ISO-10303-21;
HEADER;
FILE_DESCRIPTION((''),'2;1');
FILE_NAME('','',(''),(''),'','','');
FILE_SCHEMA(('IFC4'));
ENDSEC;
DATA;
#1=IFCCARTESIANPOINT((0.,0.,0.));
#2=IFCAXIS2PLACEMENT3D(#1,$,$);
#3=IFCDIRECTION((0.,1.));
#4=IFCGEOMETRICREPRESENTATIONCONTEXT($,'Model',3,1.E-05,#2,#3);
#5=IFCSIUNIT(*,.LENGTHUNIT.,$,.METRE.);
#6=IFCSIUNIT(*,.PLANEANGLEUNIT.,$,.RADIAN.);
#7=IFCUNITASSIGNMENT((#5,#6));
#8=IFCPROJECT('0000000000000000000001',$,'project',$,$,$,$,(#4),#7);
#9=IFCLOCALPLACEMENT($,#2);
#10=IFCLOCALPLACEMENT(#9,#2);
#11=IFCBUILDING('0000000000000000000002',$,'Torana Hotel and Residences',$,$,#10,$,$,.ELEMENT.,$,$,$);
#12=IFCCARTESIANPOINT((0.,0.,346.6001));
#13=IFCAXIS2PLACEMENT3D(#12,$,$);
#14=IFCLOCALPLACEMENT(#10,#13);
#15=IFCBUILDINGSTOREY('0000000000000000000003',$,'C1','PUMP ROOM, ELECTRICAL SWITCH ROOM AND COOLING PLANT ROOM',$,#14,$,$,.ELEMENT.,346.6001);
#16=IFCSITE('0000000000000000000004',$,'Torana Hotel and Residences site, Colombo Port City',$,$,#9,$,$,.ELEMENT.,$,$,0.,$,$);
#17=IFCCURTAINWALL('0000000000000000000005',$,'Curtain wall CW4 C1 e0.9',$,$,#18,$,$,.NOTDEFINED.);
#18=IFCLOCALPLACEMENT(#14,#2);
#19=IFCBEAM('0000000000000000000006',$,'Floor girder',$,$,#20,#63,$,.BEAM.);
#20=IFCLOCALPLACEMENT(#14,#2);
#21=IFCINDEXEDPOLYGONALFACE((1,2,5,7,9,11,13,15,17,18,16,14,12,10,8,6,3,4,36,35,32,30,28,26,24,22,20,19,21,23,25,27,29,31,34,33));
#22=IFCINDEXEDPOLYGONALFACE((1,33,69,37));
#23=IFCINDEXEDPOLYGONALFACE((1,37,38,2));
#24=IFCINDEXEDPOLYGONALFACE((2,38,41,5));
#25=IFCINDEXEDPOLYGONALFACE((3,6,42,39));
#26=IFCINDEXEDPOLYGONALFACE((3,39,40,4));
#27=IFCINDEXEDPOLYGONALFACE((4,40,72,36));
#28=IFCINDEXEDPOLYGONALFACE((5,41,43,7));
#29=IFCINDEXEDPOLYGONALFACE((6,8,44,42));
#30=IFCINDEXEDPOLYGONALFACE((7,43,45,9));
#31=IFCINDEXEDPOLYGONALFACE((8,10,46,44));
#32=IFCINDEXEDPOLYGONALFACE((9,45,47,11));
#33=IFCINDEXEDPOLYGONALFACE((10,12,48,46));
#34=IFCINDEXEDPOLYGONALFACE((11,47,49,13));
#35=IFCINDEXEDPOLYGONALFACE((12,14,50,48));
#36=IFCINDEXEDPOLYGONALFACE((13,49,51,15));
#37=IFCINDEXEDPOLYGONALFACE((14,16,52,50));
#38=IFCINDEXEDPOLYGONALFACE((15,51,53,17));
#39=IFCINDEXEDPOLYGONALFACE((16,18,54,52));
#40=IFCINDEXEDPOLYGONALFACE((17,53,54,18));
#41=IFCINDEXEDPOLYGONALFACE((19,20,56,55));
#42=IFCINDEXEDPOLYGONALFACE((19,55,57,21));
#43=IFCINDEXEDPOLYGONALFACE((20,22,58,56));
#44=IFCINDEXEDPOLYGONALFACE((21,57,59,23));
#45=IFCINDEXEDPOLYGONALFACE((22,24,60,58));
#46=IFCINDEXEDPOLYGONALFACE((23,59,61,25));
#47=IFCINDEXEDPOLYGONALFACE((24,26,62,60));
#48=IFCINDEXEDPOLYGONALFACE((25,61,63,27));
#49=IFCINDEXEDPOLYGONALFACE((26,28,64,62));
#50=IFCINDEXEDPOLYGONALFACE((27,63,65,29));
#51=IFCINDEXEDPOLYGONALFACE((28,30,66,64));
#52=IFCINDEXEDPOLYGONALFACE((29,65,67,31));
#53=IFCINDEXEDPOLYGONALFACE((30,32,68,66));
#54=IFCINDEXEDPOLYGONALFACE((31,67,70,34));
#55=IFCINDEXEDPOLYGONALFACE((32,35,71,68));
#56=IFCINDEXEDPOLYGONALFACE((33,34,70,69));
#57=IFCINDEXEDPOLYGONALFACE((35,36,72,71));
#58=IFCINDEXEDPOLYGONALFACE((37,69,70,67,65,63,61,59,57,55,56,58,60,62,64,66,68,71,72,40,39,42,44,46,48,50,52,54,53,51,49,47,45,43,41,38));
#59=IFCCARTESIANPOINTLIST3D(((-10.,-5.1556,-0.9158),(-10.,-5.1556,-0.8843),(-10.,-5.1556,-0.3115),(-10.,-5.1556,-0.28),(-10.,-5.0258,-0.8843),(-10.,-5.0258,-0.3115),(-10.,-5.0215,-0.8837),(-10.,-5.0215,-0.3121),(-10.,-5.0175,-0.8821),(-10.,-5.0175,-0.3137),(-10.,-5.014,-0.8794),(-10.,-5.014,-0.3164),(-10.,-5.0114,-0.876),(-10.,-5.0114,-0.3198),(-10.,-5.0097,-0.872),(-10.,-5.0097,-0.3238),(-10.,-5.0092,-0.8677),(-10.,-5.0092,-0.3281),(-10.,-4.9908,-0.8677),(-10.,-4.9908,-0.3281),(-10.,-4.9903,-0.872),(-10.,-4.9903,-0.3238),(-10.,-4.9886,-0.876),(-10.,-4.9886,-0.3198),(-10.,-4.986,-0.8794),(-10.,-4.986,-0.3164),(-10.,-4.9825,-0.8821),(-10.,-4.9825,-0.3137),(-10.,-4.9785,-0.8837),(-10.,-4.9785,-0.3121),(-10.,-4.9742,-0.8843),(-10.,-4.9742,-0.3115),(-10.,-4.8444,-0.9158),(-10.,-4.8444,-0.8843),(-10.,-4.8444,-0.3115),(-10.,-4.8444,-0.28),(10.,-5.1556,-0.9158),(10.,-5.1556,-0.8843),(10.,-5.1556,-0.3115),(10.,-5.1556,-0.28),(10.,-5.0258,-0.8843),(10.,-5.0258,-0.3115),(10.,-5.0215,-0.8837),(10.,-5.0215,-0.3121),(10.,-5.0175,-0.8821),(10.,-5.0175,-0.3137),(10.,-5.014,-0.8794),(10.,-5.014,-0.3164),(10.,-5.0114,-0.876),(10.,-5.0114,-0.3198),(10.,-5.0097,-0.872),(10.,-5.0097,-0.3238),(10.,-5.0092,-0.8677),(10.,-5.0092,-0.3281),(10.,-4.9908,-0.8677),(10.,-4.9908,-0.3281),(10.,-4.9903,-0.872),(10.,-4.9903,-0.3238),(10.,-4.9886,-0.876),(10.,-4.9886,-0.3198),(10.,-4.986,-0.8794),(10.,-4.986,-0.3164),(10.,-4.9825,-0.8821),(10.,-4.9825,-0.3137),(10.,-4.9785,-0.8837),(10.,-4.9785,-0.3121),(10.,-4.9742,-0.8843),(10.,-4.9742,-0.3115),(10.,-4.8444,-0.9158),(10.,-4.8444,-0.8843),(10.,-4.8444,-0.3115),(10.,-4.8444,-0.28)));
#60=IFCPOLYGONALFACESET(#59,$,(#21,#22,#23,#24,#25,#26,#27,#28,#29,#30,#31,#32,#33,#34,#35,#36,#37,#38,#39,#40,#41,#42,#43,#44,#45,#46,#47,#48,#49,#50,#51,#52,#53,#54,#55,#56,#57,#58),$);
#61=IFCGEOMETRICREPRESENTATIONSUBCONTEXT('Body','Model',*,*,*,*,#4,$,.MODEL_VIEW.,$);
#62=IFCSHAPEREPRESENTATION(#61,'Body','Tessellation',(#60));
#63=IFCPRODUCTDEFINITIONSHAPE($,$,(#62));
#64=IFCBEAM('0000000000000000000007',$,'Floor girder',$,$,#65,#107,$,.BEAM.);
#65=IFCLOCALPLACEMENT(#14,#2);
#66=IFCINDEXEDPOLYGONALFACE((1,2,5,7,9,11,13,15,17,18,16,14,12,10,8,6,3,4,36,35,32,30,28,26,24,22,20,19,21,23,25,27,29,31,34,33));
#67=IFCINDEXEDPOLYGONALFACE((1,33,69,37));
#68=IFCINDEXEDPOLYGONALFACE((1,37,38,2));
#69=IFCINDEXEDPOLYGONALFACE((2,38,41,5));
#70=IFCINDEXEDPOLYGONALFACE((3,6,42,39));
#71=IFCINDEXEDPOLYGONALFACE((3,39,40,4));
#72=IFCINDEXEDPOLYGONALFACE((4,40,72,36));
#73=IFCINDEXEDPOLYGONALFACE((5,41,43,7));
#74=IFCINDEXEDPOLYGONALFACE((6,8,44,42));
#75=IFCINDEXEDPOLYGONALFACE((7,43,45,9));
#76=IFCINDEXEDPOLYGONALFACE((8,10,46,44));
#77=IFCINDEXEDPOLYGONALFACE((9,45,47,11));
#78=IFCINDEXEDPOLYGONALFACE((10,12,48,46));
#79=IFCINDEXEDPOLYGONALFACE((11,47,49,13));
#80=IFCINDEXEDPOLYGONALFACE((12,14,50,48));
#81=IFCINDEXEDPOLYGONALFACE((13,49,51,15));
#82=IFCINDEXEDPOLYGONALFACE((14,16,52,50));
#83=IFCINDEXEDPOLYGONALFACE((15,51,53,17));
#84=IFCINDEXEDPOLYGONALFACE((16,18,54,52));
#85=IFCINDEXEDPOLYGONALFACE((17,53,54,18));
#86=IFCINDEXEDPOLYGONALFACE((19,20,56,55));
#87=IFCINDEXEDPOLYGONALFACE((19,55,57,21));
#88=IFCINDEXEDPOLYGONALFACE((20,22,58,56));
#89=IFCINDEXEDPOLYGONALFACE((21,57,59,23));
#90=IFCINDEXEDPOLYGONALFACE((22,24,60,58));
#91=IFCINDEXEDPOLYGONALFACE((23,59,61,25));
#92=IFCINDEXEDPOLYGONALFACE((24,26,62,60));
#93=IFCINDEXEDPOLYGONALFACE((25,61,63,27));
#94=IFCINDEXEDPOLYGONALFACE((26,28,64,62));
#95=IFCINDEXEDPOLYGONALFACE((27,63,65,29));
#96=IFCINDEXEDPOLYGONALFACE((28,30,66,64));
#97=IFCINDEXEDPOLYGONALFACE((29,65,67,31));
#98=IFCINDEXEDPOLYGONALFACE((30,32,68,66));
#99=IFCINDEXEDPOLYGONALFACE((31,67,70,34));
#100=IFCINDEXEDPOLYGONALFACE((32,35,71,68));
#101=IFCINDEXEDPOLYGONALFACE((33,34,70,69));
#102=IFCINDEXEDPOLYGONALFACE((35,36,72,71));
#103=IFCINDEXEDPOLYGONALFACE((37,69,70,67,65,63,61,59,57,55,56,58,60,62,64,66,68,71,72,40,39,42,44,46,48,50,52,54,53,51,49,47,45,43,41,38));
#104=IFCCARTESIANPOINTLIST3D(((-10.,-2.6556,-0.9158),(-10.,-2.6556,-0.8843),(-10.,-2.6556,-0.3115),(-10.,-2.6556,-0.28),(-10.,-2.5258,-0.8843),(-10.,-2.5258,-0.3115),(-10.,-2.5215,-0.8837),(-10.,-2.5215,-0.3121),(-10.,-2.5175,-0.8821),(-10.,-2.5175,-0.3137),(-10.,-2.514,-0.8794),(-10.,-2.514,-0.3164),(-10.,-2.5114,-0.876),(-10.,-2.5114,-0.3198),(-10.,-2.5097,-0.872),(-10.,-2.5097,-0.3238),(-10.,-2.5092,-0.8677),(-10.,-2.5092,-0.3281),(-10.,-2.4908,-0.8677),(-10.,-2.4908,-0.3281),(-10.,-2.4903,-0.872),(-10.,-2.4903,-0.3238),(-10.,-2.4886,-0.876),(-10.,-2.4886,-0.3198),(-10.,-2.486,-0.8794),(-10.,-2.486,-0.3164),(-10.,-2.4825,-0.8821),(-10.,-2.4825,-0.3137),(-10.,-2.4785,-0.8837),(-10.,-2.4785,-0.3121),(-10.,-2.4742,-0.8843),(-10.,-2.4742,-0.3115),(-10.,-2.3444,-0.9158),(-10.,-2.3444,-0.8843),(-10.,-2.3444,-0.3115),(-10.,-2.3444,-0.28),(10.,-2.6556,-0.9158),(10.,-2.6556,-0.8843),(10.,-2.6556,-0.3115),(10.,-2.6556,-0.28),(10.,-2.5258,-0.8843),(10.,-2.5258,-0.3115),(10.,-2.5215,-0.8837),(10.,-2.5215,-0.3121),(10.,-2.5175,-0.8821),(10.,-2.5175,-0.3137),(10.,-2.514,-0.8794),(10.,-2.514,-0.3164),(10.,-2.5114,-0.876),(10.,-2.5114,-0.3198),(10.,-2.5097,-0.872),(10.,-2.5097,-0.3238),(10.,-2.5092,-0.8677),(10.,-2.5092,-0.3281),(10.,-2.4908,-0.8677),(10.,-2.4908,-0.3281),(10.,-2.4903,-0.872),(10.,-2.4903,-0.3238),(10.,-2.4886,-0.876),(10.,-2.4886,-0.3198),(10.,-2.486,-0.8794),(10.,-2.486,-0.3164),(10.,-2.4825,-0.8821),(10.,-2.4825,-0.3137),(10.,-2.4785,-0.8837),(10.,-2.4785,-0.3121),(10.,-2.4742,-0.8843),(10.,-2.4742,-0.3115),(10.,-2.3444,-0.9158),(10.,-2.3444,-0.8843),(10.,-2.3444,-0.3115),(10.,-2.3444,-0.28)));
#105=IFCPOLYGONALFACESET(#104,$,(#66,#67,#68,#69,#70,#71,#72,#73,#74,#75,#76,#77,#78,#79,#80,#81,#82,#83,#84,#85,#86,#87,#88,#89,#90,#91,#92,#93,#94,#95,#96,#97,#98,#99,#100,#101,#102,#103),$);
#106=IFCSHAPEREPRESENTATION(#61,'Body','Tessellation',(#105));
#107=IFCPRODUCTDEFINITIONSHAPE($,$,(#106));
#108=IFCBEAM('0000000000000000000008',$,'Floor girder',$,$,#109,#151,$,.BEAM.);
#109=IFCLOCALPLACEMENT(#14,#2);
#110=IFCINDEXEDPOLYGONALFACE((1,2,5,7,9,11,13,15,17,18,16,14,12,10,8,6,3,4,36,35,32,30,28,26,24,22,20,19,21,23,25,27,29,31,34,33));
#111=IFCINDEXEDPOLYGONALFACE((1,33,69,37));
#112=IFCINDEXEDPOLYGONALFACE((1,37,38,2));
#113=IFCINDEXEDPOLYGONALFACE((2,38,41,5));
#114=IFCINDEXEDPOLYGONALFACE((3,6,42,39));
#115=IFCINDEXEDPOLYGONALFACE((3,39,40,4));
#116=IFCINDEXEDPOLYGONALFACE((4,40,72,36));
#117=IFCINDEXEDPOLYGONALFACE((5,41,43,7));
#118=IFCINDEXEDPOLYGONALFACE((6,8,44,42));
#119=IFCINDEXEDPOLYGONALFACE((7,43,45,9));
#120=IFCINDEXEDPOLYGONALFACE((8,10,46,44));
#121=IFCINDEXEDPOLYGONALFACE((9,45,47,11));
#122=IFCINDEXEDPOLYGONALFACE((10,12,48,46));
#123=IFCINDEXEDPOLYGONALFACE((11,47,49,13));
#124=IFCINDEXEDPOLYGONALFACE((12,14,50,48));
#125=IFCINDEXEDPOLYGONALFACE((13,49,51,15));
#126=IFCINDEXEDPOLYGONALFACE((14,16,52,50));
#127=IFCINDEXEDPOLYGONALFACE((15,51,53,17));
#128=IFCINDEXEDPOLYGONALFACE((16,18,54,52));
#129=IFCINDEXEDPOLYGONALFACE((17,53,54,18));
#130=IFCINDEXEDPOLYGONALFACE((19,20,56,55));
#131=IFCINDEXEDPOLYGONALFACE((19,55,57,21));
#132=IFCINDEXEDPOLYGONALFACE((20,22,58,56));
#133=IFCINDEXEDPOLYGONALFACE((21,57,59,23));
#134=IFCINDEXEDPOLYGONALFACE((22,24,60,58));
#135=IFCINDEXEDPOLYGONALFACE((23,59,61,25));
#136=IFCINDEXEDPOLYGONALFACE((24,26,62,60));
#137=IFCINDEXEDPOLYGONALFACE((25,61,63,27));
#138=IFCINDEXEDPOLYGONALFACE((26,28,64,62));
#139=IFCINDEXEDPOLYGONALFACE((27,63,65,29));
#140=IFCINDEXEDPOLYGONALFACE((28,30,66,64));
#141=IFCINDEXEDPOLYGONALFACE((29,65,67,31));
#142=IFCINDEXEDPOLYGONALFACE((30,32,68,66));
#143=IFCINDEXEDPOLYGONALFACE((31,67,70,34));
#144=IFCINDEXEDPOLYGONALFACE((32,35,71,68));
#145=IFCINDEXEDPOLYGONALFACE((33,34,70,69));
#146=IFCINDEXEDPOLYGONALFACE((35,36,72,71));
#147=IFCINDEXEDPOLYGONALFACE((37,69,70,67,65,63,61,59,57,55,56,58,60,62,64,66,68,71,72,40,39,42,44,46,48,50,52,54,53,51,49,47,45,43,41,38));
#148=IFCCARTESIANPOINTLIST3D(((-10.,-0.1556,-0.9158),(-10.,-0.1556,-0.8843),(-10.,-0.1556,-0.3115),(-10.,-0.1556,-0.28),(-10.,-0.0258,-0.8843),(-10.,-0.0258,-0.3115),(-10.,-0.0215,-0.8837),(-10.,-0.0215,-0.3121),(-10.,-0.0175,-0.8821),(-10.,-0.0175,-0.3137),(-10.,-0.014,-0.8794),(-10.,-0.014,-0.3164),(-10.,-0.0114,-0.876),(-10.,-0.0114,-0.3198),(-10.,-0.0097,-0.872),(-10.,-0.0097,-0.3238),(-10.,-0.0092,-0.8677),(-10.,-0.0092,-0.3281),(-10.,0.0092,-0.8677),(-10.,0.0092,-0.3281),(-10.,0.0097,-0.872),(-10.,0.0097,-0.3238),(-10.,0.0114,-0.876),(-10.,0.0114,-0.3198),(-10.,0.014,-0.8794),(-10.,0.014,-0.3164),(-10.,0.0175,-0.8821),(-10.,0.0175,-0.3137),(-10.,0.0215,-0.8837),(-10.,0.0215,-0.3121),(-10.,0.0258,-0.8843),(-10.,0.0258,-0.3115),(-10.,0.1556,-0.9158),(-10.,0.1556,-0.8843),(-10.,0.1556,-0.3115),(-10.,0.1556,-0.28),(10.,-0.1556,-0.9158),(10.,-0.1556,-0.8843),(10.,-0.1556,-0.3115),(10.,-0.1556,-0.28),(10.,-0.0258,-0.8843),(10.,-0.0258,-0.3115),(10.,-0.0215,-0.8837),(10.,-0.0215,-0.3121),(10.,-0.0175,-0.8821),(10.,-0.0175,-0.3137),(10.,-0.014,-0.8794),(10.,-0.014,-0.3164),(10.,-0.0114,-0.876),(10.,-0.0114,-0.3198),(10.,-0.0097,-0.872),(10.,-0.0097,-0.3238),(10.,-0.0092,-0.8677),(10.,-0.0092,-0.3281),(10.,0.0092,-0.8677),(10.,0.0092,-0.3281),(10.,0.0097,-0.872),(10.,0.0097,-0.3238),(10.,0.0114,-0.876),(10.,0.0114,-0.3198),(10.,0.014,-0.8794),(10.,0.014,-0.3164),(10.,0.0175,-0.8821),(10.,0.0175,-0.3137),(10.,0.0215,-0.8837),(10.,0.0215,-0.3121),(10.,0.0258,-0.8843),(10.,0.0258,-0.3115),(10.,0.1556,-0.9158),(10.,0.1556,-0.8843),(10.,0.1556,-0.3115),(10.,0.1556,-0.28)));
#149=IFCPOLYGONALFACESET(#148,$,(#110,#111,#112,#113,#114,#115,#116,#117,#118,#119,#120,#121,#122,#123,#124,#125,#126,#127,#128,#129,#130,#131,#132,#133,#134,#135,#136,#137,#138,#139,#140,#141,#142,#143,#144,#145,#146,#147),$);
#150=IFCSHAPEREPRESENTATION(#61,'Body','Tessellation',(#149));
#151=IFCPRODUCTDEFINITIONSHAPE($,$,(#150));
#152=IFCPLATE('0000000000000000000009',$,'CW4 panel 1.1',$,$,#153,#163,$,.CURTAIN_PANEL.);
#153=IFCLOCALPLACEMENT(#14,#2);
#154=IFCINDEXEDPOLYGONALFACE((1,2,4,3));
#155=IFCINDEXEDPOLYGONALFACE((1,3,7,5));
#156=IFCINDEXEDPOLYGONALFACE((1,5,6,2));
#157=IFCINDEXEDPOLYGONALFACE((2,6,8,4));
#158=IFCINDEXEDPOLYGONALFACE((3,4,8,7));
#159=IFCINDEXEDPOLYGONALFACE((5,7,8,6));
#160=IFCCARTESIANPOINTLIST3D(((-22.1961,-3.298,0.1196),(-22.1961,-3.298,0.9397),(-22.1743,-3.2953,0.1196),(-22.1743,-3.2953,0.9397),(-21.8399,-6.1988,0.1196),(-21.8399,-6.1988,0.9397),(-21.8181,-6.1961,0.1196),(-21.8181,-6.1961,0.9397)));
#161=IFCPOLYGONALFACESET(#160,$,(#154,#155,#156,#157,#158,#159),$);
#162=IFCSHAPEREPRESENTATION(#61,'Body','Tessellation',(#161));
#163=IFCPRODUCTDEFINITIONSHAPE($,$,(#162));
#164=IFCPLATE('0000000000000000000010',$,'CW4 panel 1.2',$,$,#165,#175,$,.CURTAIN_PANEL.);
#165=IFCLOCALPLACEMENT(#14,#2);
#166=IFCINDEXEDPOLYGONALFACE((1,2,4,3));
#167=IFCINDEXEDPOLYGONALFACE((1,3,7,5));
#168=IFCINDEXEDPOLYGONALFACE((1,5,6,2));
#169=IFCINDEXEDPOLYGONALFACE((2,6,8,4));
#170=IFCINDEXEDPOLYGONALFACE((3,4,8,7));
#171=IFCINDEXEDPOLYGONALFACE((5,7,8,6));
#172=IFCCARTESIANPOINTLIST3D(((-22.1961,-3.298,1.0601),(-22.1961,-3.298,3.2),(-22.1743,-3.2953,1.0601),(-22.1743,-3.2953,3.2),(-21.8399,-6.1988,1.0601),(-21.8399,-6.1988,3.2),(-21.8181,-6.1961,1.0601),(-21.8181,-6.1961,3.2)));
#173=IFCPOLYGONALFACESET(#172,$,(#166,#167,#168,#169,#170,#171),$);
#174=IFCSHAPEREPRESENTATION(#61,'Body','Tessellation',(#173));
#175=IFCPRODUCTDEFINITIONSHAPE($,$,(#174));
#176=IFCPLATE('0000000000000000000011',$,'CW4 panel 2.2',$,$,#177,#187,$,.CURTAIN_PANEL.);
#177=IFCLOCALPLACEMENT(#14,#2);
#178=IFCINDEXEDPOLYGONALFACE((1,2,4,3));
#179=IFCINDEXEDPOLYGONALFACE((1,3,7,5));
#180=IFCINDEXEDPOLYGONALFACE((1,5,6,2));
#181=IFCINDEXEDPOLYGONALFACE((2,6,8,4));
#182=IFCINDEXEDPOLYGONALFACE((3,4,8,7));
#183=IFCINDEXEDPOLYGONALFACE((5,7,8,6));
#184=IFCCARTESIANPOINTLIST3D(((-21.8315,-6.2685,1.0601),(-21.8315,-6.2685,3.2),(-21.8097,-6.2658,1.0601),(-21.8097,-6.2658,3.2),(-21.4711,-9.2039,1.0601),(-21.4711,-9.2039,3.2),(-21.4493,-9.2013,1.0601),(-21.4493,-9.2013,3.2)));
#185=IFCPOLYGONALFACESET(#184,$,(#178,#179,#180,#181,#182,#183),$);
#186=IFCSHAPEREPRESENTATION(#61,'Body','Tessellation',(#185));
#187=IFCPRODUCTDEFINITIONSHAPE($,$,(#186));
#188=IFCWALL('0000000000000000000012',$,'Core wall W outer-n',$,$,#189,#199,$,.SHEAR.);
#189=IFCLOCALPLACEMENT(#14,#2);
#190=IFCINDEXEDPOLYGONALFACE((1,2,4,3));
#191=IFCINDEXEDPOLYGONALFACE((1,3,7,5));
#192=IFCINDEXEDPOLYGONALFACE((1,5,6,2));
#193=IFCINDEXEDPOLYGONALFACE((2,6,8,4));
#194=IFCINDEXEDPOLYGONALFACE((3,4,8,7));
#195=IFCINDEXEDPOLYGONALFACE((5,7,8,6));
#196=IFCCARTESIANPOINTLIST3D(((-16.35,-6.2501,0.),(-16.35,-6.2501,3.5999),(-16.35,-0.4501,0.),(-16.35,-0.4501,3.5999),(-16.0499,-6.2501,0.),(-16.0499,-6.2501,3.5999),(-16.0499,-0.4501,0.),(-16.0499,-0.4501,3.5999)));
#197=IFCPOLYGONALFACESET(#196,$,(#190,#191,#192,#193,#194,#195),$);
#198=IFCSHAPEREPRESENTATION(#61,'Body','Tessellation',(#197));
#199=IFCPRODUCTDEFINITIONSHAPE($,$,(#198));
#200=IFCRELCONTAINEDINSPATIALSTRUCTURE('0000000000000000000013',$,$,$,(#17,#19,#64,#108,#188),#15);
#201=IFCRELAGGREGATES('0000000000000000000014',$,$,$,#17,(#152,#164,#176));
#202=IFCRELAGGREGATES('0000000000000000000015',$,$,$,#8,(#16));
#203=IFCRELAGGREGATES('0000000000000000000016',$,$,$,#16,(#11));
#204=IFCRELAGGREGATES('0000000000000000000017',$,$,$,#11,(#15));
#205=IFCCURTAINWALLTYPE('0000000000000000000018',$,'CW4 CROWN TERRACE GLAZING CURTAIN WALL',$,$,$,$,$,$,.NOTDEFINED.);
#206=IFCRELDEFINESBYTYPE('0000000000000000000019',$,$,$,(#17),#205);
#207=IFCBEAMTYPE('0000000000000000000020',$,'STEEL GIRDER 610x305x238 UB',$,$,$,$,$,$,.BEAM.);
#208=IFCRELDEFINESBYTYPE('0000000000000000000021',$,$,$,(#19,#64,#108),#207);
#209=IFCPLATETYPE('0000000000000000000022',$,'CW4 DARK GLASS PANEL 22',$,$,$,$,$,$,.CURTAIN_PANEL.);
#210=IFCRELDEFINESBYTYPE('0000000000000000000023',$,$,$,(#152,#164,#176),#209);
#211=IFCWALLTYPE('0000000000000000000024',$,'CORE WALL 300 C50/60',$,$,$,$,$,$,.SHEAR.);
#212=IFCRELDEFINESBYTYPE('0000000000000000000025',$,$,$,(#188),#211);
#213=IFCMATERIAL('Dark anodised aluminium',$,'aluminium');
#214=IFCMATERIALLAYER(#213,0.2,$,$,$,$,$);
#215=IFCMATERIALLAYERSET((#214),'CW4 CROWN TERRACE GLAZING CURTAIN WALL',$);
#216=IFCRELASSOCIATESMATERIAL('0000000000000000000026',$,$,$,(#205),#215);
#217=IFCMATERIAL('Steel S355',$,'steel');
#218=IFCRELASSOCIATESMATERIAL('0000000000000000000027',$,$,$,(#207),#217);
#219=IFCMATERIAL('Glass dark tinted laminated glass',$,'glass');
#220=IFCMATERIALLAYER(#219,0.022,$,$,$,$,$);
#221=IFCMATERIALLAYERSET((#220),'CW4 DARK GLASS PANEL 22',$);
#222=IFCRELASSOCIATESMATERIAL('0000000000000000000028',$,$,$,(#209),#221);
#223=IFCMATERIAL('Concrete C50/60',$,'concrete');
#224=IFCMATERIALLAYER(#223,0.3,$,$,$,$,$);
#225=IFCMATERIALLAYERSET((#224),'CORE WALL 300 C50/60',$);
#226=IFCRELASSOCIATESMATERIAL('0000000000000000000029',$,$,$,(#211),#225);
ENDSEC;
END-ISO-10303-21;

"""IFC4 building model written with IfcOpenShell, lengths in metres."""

from ifc_helpers import new_model, si_unit, direction, frame, frame_2d, origin, origin_2d, place, context, subcontext, project, spatial, rectangle, i_section, extrude, material, layer, layer_set, material_profile, profile_set, type_object, element, aggregate, save


model = new_model("IFC4")

# Units and contexts
model_context = context("Model", 3, precision=1e-05, world=origin(), true_north=direction((0.0, 1.0)))
body_context = subcontext(model_context, "Body", "Model", "MODEL_VIEW")
ifc_project = project(units=[si_unit("LENGTHUNIT", "METRE"), si_unit("PLANEANGLEUNIT", "RADIAN")], contexts=[model_context])

# Site, building, storey
site_placement = place(None, origin())
site = spatial("IfcSite", under=ifc_project, at=site_placement, Name="Torana Hotel and Residences site, Colombo Port City", CompositionType="ELEMENT", RefElevation=0.0)
building_placement = place(site_placement, origin())
building = spatial("IfcBuilding", under=site, at=building_placement, Name="Torana Hotel and Residences", CompositionType="ELEMENT")
storey_placement = place(building_placement, frame((0.0, 0.0, 346.6001)))
storey = spatial("IfcBuildingStorey", under=building, at=storey_placement, Name="C1", Description="PUMP ROOM, ELECTRICAL SWITCH ROOM AND COOLING PLANT ROOM", CompositionType="ELEMENT", Elevation=346.6001)

# Curtain wall
ifc_material_1 = material(Name="Dark anodised aluminium", Category="aluminium")
ifc_layer_1 = layer(ifc_material_1, 0.2)
ifc_layer_set_1 = layer_set([ifc_layer_1], Name="CW4 CROWN TERRACE GLAZING CURTAIN WALL")
curtain_wall_type = type_object("IfcCurtainWallType", Name="CW4 CROWN TERRACE GLAZING CURTAIN WALL", PredefinedType="NOTDEFINED", material=ifc_layer_set_1)
curtain_wall_placement = place(storey_placement, origin())
curtain_wall = element("IfcCurtainWall", 1, at=curtain_wall_placement, inside=storey, type_object=curtain_wall_type, Name="Curtain wall CW4 C1 e0.9", PredefinedType="NOTDEFINED")

# Beams
ifc_material_2 = material(Name="Steel S355", Category="steel")
ifc_material_profile_1 = material_profile(ifc_material_2, i_section(OverallWidth=0.3113, OverallDepth=0.6357, WebThickness=0.0183, FlangeThickness=0.0315, FilletRadius=0.0166, at=origin_2d()), Name="610x305x238 UB")
ifc_profile_set_1 = profile_set([ifc_material_profile_1], Name="Steel S355")
beam_type = type_object("IfcBeamType", Name="STEEL GIRDER 610x305x238 UB", PredefinedType="BEAM", material=ifc_profile_set_1)
for number, where, z_axis, x_axis, name in (
    (2, (-10.0, -5.0, -0.5979), (1.0, 0.0, 0.0), (0.0, 1.0, 0.0), "Floor girder"),
    (3, (-10.0, -2.5, -0.5979), (1.0, 0.0, 0.0), (0.0, 1.0, 0.0), "Floor girder"),
    (4, (-10.0, 0.0, -0.5979), (1.0, 0.0, 0.0), (0.0, 1.0, 0.0), "Floor girder"),
):
    element("IfcBeam", number, at=place(storey_placement, frame(where, z_axis=z_axis, x_axis=x_axis)), inside=storey, type_object=beam_type, Name=name, PredefinedType="BEAM", context=body_context, shape_type="SweptSolid", body=[
        extrude(i_section(OverallWidth=0.3113, OverallDepth=0.6357, WebThickness=0.0183, FlangeThickness=0.0315, FilletRadius=0.0166, at=origin_2d()), origin(), (0.0, 0.0, 1.0), 20.0),
    ])

# Plates
ifc_material_3 = material(Name="Glass dark tinted laminated glass", Category="glass")
ifc_layer_2 = layer(ifc_material_3, 0.022)
ifc_layer_set_2 = layer_set([ifc_layer_2], Name="CW4 DARK GLASS PANEL 22")
plate_type = type_object("IfcPlateType", Name="CW4 DARK GLASS PANEL 22", PredefinedType="CURTAIN_PANEL", material=ifc_layer_set_2)
plate_1_placement = place(storey_placement, frame((-22.0071, -4.7471, 0.1196), z_axis=(0.0, 0.0, 1.0), x_axis=(0.121868, -0.992546, 0.0)))
plate_1 = element("IfcPlate", 5, at=plate_1_placement, type_object=plate_type, Name="CW4 panel 1.1", PredefinedType="CURTAIN_PANEL", context=body_context, shape_type="SweptSolid", body=[
    extrude(rectangle(XDim=2.9226, YDim=0.022, at=origin_2d()), origin(), (0.0, 0.0, 1.0), 0.8201),
])
plate_2_placement = place(storey_placement, frame((-22.0071, -4.7471, 1.0601), z_axis=(0.0, 0.0, 1.0), x_axis=(0.121868, -0.992546, 0.0)))
plate_2 = element("IfcPlate", 6, at=plate_2_placement, type_object=plate_type, Name="CW4 panel 1.2", PredefinedType="CURTAIN_PANEL", context=body_context, shape_type="SweptSolid", body=[
    extrude(rectangle(XDim=2.9226, YDim=0.022, at=origin_2d()), origin(), (0.0, 0.0, 1.0), 2.1399),
])
plate_3_placement = place(storey_placement, frame((-21.6404, -7.7349, 1.0601), z_axis=(0.0, 0.0, 1.0), x_axis=(0.121868, -0.992546, 0.0)))
plate_3 = element("IfcPlate", 7, at=plate_3_placement, type_object=plate_type, Name="CW4 panel 2.2", PredefinedType="CURTAIN_PANEL", context=body_context, shape_type="SweptSolid", body=[
    extrude(rectangle(XDim=2.9575, YDim=0.022, at=origin_2d()), origin(), (0.0, 0.0, 1.0), 2.1399),
])
aggregate(curtain_wall, [plate_1, plate_2, plate_3])

# Wall
ifc_material_4 = material(Name="Concrete C50/60", Category="concrete")
ifc_layer_3 = layer(ifc_material_4, 0.3)
ifc_layer_set_3 = layer_set([ifc_layer_3], Name="CORE WALL 300 C50/60")
wall_type_1 = type_object("IfcWallType", Name="CORE WALL 300 C50/60", PredefinedType="SHEAR", material=ifc_layer_set_3)
wall_1_placement = place(storey_placement, frame((-16.2, -6.25, 0.0), z_axis=(0.0, 0.0, 1.0), x_axis=(0.0, 1.0, 0.0)))
element("IfcWall", 8, at=wall_1_placement, inside=storey, type_object=wall_type_1, Name="Core wall W outer-n", PredefinedType="SHEAR", context=body_context, shape_type="SweptSolid", body=[
    extrude(rectangle(XDim=5.8, YDim=0.3, at=frame_2d((2.8999, 0.0))), origin(), (0.0, 0.0, 1.0), 3.5999),
])

save(model, "model.ifc")
